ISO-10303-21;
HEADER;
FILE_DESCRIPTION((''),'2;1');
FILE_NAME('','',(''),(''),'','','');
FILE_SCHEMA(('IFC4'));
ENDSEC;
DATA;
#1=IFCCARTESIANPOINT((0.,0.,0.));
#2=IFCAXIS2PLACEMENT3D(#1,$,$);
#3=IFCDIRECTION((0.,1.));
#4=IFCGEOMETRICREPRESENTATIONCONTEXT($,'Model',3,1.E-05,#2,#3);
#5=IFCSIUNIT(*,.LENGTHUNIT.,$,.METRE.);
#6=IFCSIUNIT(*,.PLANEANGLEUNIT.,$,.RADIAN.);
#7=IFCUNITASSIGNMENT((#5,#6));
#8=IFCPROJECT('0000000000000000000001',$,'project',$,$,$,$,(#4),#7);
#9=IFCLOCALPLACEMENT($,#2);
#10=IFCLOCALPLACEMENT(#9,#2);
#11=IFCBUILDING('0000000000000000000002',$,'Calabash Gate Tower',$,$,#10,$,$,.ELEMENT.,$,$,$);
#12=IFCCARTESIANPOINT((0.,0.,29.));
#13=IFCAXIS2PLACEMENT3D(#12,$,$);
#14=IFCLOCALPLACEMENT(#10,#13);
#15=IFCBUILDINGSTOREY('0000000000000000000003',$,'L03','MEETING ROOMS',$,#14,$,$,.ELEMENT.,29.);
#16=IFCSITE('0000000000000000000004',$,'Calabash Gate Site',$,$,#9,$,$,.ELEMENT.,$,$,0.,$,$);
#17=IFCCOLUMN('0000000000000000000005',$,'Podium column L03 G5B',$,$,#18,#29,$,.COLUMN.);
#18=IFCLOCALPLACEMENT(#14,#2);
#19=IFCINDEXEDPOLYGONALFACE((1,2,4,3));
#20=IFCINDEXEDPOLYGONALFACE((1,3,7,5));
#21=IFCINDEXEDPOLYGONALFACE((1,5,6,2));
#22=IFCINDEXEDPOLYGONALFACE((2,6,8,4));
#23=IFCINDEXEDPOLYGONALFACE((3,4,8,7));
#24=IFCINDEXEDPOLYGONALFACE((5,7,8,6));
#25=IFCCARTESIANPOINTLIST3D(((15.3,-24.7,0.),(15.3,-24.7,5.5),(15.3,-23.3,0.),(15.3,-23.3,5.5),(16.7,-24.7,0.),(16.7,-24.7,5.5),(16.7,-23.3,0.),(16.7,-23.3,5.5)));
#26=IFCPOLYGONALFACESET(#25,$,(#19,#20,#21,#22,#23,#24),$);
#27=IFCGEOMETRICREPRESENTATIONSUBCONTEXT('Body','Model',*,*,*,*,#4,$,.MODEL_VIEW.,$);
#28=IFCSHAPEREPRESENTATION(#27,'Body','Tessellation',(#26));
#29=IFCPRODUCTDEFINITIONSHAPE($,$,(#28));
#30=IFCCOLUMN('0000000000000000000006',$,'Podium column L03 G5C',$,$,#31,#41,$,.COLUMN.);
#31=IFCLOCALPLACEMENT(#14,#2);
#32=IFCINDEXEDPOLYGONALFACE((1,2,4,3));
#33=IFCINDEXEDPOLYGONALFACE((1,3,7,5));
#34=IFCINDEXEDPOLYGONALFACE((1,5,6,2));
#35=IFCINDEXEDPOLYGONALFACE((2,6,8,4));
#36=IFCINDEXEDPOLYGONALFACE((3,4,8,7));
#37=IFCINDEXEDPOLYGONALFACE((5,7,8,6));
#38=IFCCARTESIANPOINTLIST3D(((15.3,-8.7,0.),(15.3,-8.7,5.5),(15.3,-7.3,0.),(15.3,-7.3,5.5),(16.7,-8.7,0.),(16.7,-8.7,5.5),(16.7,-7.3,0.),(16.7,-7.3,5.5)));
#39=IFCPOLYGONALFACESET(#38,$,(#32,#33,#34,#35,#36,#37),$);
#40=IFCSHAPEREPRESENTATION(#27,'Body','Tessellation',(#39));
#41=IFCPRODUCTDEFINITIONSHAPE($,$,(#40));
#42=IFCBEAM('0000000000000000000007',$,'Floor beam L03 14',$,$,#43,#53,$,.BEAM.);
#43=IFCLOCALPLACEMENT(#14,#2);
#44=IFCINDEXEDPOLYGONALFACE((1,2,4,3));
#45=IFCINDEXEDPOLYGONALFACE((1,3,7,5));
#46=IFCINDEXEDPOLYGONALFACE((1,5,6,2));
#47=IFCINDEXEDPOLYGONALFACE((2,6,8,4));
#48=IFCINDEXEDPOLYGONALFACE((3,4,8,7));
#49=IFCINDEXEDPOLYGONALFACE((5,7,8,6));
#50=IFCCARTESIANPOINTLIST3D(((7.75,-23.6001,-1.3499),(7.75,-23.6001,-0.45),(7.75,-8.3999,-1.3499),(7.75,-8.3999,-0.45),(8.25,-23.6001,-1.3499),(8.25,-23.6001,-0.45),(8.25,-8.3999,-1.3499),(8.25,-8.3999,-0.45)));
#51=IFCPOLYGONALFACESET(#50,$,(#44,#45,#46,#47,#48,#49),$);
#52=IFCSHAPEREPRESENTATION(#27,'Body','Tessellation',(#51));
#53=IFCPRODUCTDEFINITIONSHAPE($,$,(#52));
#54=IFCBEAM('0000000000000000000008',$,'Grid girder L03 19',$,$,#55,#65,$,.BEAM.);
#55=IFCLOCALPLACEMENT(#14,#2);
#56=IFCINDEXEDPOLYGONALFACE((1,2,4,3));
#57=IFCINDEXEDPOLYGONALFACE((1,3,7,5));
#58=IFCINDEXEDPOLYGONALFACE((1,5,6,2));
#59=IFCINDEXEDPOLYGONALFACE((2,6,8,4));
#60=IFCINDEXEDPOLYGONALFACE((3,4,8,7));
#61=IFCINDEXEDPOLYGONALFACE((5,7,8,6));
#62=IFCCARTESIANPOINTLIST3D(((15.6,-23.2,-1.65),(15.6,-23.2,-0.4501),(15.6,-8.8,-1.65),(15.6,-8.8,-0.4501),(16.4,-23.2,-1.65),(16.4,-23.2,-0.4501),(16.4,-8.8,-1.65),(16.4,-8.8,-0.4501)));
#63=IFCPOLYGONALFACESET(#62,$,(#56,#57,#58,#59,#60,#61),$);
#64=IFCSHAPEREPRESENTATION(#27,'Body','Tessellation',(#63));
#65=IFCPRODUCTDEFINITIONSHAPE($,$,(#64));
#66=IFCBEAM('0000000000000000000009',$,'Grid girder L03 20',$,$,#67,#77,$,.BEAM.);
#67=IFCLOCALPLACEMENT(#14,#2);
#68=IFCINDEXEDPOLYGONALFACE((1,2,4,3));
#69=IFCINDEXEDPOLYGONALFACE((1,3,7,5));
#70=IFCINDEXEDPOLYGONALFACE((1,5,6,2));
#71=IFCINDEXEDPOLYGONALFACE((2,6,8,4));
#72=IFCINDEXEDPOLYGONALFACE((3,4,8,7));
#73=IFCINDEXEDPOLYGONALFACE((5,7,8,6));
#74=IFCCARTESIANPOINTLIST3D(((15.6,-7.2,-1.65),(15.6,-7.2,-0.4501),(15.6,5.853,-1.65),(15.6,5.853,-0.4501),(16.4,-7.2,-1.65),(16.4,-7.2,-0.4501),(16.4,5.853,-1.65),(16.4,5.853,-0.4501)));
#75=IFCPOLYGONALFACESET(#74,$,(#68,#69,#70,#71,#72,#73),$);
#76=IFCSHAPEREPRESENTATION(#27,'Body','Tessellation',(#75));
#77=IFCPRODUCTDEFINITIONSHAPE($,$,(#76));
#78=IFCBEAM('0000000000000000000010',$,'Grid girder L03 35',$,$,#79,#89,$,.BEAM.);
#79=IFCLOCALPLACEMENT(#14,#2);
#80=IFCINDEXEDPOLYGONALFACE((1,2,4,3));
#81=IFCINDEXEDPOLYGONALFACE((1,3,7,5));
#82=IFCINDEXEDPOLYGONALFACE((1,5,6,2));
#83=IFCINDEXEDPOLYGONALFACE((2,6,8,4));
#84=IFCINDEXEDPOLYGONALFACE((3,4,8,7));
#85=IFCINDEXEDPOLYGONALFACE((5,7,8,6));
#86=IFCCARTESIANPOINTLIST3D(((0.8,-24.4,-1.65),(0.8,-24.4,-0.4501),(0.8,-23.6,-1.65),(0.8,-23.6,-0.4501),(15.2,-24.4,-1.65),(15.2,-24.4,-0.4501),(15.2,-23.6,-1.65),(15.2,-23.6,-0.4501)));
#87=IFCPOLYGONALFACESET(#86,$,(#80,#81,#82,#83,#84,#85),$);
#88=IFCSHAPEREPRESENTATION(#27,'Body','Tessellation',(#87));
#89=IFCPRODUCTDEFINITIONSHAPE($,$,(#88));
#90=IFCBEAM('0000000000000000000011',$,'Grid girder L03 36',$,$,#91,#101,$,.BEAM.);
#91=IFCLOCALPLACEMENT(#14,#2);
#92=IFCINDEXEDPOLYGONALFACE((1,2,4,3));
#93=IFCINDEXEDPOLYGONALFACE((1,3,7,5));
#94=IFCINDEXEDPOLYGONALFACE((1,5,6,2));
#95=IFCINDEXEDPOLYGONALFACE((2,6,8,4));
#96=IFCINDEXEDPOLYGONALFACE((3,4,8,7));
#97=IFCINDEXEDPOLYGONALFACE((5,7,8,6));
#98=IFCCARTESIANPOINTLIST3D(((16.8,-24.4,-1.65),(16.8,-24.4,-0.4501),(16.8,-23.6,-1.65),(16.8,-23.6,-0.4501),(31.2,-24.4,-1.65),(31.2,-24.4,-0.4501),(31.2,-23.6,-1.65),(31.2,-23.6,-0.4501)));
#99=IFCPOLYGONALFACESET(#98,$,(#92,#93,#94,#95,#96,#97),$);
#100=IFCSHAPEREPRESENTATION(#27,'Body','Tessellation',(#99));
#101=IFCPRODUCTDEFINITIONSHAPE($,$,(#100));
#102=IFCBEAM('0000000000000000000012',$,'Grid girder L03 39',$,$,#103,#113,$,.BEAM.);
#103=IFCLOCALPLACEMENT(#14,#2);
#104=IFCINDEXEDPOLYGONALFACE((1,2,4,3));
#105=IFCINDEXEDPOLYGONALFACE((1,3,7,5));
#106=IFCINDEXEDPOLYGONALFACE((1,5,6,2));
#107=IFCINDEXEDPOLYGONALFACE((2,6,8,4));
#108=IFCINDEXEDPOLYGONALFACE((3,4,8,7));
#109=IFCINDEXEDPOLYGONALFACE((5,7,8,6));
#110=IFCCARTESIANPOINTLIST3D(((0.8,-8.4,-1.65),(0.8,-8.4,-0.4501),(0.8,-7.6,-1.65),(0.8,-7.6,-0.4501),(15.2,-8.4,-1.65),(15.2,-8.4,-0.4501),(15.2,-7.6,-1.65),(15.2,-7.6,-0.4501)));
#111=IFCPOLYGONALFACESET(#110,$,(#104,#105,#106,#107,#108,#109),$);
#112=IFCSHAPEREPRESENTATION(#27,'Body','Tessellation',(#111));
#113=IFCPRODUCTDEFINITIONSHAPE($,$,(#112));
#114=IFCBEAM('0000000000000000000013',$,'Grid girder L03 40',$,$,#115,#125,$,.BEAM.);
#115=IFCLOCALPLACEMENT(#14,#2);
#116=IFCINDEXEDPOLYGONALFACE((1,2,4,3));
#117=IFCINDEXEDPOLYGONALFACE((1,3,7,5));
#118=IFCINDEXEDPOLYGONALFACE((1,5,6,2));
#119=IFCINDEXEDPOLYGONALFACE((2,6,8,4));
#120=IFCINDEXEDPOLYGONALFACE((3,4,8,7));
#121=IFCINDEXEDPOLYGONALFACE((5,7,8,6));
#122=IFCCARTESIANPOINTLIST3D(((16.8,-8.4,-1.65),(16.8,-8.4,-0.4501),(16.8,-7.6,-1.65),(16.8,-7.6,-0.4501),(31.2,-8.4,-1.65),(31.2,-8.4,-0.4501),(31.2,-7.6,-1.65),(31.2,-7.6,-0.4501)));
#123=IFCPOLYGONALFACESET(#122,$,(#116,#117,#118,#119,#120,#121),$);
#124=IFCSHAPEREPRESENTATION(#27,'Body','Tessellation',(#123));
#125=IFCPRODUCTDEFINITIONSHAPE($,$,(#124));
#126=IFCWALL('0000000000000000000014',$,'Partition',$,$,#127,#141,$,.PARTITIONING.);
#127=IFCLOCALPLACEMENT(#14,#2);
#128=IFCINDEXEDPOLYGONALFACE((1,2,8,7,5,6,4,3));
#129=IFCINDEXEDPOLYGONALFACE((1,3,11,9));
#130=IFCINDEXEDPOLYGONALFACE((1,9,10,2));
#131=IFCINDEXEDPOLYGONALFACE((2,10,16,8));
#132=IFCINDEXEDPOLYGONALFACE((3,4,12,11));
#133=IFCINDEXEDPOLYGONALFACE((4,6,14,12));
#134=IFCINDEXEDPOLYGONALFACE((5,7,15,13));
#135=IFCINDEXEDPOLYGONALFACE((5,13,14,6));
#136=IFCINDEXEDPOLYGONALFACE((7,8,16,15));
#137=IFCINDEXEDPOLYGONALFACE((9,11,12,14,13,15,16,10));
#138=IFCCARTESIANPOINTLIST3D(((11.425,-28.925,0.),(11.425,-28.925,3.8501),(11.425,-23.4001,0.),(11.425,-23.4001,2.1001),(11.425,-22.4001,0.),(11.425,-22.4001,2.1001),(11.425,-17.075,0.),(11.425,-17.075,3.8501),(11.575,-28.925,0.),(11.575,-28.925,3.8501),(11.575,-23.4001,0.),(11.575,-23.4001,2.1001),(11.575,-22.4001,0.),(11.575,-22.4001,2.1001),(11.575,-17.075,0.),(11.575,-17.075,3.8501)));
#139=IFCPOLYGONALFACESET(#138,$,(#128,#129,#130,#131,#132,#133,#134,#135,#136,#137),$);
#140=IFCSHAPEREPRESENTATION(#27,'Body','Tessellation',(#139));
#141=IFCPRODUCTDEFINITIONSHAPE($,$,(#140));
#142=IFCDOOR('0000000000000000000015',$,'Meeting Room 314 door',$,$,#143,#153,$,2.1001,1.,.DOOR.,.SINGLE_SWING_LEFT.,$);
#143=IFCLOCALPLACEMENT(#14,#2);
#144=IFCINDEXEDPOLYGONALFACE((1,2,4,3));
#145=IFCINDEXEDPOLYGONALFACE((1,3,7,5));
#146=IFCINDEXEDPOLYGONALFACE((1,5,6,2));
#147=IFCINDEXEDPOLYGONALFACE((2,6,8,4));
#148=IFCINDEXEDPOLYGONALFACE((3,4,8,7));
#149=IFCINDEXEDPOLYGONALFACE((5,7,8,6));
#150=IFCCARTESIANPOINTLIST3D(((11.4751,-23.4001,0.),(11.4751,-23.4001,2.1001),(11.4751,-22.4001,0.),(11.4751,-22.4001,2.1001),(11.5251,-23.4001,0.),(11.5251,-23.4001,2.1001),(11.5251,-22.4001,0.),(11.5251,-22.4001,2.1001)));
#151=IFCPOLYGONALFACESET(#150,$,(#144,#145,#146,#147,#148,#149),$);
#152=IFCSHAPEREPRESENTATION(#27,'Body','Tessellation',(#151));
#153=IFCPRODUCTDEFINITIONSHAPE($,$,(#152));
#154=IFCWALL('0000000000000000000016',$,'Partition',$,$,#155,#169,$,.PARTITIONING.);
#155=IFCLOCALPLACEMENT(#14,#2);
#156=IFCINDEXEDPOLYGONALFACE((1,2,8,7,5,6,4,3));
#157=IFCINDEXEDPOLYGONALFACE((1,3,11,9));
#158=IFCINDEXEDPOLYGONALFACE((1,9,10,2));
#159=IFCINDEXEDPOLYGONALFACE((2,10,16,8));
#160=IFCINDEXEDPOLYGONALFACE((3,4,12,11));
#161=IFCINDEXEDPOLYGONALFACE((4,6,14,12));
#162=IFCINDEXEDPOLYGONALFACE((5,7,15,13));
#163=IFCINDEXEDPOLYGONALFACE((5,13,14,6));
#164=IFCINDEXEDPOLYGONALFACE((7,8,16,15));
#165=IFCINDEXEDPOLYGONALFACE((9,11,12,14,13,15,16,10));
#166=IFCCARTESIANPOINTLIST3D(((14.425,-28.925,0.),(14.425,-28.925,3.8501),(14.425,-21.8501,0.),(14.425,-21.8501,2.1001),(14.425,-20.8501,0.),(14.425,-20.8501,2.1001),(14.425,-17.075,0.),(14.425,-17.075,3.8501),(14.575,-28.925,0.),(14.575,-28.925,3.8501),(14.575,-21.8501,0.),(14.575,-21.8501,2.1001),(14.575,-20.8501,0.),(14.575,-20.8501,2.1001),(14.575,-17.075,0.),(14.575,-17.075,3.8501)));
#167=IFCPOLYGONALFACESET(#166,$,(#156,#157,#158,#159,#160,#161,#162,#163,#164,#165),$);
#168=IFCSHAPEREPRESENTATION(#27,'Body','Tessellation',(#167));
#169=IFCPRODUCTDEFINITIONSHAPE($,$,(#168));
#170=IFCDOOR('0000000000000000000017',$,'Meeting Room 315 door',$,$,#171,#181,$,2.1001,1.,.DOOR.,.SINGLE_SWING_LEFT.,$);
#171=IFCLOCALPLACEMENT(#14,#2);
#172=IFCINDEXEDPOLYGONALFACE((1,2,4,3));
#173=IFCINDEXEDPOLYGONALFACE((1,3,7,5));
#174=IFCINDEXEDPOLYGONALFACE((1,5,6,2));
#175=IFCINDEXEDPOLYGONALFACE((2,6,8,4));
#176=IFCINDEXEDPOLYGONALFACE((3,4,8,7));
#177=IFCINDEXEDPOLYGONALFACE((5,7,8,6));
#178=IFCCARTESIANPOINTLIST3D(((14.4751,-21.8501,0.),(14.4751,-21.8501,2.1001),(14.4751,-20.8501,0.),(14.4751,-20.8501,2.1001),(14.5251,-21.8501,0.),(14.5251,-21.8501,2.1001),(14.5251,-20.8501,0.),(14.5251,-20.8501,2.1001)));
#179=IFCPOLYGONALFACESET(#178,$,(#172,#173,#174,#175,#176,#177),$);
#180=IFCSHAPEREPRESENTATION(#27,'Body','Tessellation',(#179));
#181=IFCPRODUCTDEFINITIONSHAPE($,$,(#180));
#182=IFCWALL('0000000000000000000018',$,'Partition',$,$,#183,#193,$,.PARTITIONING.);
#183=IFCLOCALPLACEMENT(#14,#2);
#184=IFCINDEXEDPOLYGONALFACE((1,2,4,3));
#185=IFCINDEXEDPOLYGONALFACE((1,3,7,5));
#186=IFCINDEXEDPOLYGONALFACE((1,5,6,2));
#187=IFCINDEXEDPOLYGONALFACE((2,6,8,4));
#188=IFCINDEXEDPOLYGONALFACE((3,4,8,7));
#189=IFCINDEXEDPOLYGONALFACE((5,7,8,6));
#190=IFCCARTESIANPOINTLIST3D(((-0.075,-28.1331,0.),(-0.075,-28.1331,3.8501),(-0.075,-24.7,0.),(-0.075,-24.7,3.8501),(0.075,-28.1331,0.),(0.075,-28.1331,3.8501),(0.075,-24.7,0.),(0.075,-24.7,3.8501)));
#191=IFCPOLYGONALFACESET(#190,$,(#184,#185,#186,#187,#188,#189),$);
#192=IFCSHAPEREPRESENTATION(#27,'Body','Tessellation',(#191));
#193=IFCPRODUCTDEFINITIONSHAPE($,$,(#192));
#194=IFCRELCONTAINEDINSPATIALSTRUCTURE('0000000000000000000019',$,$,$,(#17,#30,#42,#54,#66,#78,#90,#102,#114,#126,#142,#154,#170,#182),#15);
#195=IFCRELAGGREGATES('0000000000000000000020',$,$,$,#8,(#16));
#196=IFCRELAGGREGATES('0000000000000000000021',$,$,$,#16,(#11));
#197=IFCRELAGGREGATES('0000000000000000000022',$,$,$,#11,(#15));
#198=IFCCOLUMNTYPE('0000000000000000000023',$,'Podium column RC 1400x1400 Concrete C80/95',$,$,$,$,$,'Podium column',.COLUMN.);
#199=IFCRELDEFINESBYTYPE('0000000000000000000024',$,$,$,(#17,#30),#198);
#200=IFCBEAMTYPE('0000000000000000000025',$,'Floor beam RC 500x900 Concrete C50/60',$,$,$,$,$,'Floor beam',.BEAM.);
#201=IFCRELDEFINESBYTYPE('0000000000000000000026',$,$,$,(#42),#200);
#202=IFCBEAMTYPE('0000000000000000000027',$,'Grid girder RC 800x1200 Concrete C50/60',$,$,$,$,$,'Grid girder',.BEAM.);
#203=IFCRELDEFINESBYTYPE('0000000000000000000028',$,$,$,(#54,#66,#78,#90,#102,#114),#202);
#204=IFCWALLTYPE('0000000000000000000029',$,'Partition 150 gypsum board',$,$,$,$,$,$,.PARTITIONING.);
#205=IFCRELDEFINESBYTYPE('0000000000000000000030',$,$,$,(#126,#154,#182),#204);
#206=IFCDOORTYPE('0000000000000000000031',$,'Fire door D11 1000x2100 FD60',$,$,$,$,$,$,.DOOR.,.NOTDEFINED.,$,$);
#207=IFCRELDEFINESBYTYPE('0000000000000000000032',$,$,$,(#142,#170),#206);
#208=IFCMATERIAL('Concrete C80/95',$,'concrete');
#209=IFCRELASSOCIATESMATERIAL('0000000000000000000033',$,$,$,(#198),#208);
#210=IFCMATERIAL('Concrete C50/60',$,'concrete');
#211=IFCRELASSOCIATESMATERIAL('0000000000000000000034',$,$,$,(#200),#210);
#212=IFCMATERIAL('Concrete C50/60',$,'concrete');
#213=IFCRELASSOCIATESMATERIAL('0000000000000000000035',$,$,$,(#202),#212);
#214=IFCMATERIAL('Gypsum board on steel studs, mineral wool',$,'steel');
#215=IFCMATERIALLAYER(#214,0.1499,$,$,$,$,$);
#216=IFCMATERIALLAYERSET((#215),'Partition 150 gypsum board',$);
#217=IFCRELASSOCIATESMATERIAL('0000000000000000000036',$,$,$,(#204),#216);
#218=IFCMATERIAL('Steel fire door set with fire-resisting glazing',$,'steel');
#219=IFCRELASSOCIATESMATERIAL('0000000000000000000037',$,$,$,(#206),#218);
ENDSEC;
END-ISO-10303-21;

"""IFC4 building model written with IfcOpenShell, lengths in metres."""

from ifc_helpers import new_model, si_unit, direction, frame, frame_2d, origin, origin_2d, place, context, subcontext, project, spatial, rectangle, extrude, material, layer, layer_set, material_profile, profile_set, type_object, element, fill, save


model = new_model("IFC4")

# Units and contexts
model_context = context("Model", 3, precision=1e-05, world=origin(), true_north=direction((0.0, 1.0)))
body_context = subcontext(model_context, "Body", "Model", "MODEL_VIEW")
ifc_project = project(units=[si_unit("LENGTHUNIT", "METRE"), si_unit("PLANEANGLEUNIT", "RADIAN")], contexts=[model_context])

# Site, building, storey
site_placement = place(None, origin())
site = spatial("IfcSite", under=ifc_project, at=site_placement, Name="Calabash Gate Site", CompositionType="ELEMENT", RefElevation=0.0)
building_placement = place(site_placement, origin())
building = spatial("IfcBuilding", under=site, at=building_placement, Name="Calabash Gate Tower", CompositionType="ELEMENT")
storey_placement = place(building_placement, frame((0.0, 0.0, 29.0)))
storey = spatial("IfcBuildingStorey", under=building, at=storey_placement, Name="L03", Description="MEETING ROOMS", CompositionType="ELEMENT", Elevation=29.0)

# Columns
ifc_material_1 = material(Name="Concrete C80/95", Category="concrete")
ifc_material_profile_1 = material_profile(ifc_material_1, rectangle(XDim=1.3999, YDim=1.3999, at=origin_2d()))
ifc_profile_set_1 = profile_set([ifc_material_profile_1], Name="Concrete C80/95")
column_type = type_object("IfcColumnType", Name="Podium column RC 1400x1400 Concrete C80/95", ElementType="Podium column", PredefinedType="COLUMN", material=ifc_profile_set_1)
for number, where, z_axis, x_axis, name in (
    (1, (16.0, -24.0, 0.0), (0.0, 0.0, 1.0), (1.0, 0.0, 0.0), "Podium column L03 G5B"),
    (2, (16.0, -8.0, 0.0), (0.0, 0.0, 1.0), (1.0, 0.0, 0.0), "Podium column L03 G5C"),
):
    element("IfcColumn", number, at=place(storey_placement, frame(where, z_axis=z_axis, x_axis=x_axis)), inside=storey, type_object=column_type, Name=name, PredefinedType="COLUMN", context=body_context, shape_type="SweptSolid", body=[
        extrude(rectangle(XDim=1.3999, YDim=1.3999, at=origin_2d()), origin(), (0.0, 0.0, 1.0), 5.5),
    ])

# Beams
ifc_material_2 = material(Name="Concrete C50/60", Category="concrete")
ifc_material_profile_2 = material_profile(ifc_material_2, rectangle(XDim=0.5, YDim=0.8999, at=origin_2d()))
ifc_profile_set_2 = profile_set([ifc_material_profile_2], Name="Concrete C50/60")
beam_type_1 = type_object("IfcBeamType", Name="Floor beam RC 500x900 Concrete C50/60", ElementType="Floor beam", PredefinedType="BEAM", material=ifc_profile_set_2)
beam_1_placement = place(storey_placement, frame((8.0, -23.6001, -0.8999), z_axis=(0.0, 1.0, 0.0), x_axis=(-1.0, 0.0, 0.0)))
element("IfcBeam", 3, at=beam_1_placement, inside=storey, type_object=beam_type_1, Name="Floor beam L03 14", PredefinedType="BEAM", context=body_context, shape_type="SweptSolid", body=[
    extrude(rectangle(XDim=0.5, YDim=0.8999, at=origin_2d()), origin(), (0.0, 0.0, 1.0), 15.2002),
])
ifc_material_3 = material(Name="Concrete C50/60", Category="concrete")
ifc_material_profile_3 = material_profile(ifc_material_3, rectangle(XDim=0.8, YDim=1.2, at=origin_2d()))
ifc_profile_set_3 = profile_set([ifc_material_profile_3], Name="Concrete C50/60")
beam_type_2 = type_object("IfcBeamType", Name="Grid girder RC 800x1200 Concrete C50/60", ElementType="Grid girder", PredefinedType="BEAM", material=ifc_profile_set_3)
beam_2_placement = place(storey_placement, frame((16.0, -23.2, -1.05), z_axis=(0.0, 1.0, 0.0), x_axis=(-1.0, 0.0, 0.0)))
element("IfcBeam", 4, at=beam_2_placement, inside=storey, type_object=beam_type_2, Name="Grid girder L03 19", PredefinedType="BEAM", context=body_context, shape_type="SweptSolid", body=[
    extrude(rectangle(XDim=0.8, YDim=1.2, at=origin_2d()), origin(), (0.0, 0.0, 1.0), 14.3999),
])
beam_3_placement = place(storey_placement, frame((16.0, -7.2, -1.05), z_axis=(0.0, 1.0, 0.0), x_axis=(-1.0, 0.0, 0.0)))
element("IfcBeam", 5, at=beam_3_placement, inside=storey, type_object=beam_type_2, Name="Grid girder L03 20", PredefinedType="BEAM", context=body_context, shape_type="SweptSolid", body=[
    extrude(rectangle(XDim=0.8, YDim=1.2, at=origin_2d()), origin(), (0.0, 0.0, 1.0), 13.053),
])
for number, where, z_axis, x_axis, name in (
    (6, (0.8, -24.0, -1.05), (1.0, 0.0, 0.0), (0.0, 1.0, 0.0), "Grid girder L03 35"),
    (7, (16.8, -24.0, -1.05), (1.0, 0.0, 0.0), (0.0, 1.0, 0.0), "Grid girder L03 36"),
    (8, (0.8, -8.0, -1.05), (1.0, 0.0, 0.0), (0.0, 1.0, 0.0), "Grid girder L03 39"),
    (9, (16.8, -8.0, -1.05), (1.0, 0.0, 0.0), (0.0, 1.0, 0.0), "Grid girder L03 40"),
):
    element("IfcBeam", number, at=place(storey_placement, frame(where, z_axis=z_axis, x_axis=x_axis)), inside=storey, type_object=beam_type_2, Name=name, PredefinedType="BEAM", context=body_context, shape_type="SweptSolid", body=[
        extrude(rectangle(XDim=0.8, YDim=1.2, at=origin_2d()), origin(), (0.0, 0.0, 1.0), 14.3999),
    ])

# Walls, openings, doors
ifc_material_4 = material(Name="Gypsum board on steel studs, mineral wool", Category="steel")
ifc_layer = layer(ifc_material_4, 0.1499)
ifc_layer_set = layer_set([ifc_layer], Name="Partition 150 gypsum board")
wall_type = type_object("IfcWallType", Name="Partition 150 gypsum board", PredefinedType="PARTITIONING", material=ifc_layer_set)
wall_1_placement = place(storey_placement, frame((11.5, -28.925, 0.0), z_axis=(0.0, 0.0, 1.0), x_axis=(0.0, 1.0, 0.0)))
wall_1 = element("IfcWall", 10, at=wall_1_placement, inside=storey, type_object=wall_type, Name="Partition", PredefinedType="PARTITIONING", context=body_context, shape_type="SweptSolid", body=[
    extrude(rectangle(XDim=11.8501, YDim=0.1499, at=frame_2d((5.925, 0.0))), origin(), (0.0, 0.0, 1.0), 3.8501),
])
opening_1_placement = place(wall_1_placement, frame((5.5249, 0.0, 0.0)))
opening_1 = element("IfcOpeningElement", 11, at=opening_1_placement, cuts=wall_1, PredefinedType="OPENING", context=body_context, shape_type="SweptSolid", body=[
    extrude(rectangle(XDim=1.0, YDim=2.1001, at=frame_2d((0.5, 1.05))), frame((0.0, 0.085, 0.0), z_axis=(0.0, -1.0, 0.0), x_axis=(1.0, 0.0, 0.0)), (0.0, 0.0, 1.0), 0.1699),
])
ifc_material_5 = material(Name="Steel fire door set with fire-resisting glazing", Category="steel")
door_type = type_object("IfcDoorType", Name="Fire door D11 1000x2100 FD60", OperationType="NOTDEFINED", PredefinedType="DOOR", material=ifc_material_5)
door_1_placement = place(opening_1_placement, origin())
door_1 = element("IfcDoor", 12, at=door_1_placement, inside=storey, type_object=door_type, Name="Meeting Room 314 door", OperationType="SINGLE_SWING_LEFT", OverallHeight=2.1001, OverallWidth=1.0, PredefinedType="DOOR", context=body_context, shape_type="SweptSolid", body=[
    extrude(rectangle(XDim=1.0, YDim=2.1001, at=frame_2d((0.5, 1.05))), frame((0.0, 0.0249, 0.0), z_axis=(0.0, -1.0, 0.0), x_axis=(1.0, 0.0, 0.0)), (0.0, 0.0, 1.0), 0.05),
])
fill(opening_1, door_1)
wall_2_placement = place(storey_placement, frame((14.5, -28.925, 0.0), z_axis=(0.0, 0.0, 1.0), x_axis=(0.0, 1.0, 0.0)))
wall_2 = element("IfcWall", 13, at=wall_2_placement, inside=storey, type_object=wall_type, Name="Partition", PredefinedType="PARTITIONING", context=body_context, shape_type="SweptSolid", body=[
    extrude(rectangle(XDim=11.8501, YDim=0.1499, at=frame_2d((5.925, 0.0))), origin(), (0.0, 0.0, 1.0), 3.8501),
])
opening_2_placement = place(wall_2_placement, frame((7.075, 0.0, 0.0)))
opening_2 = element("IfcOpeningElement", 14, at=opening_2_placement, cuts=wall_2, PredefinedType="OPENING", context=body_context, shape_type="SweptSolid", body=[
    extrude(rectangle(XDim=1.0, YDim=2.1001, at=frame_2d((0.5, 1.05))), frame((0.0, 0.085, 0.0), z_axis=(0.0, -1.0, 0.0), x_axis=(1.0, 0.0, 0.0)), (0.0, 0.0, 1.0), 0.1699),
])
door_2_placement = place(opening_2_placement, origin())
door_2 = element("IfcDoor", 15, at=door_2_placement, inside=storey, type_object=door_type, Name="Meeting Room 315 door", OperationType="SINGLE_SWING_LEFT", OverallHeight=2.1001, OverallWidth=1.0, PredefinedType="DOOR", context=body_context, shape_type="SweptSolid", body=[
    extrude(rectangle(XDim=1.0, YDim=2.1001, at=frame_2d((0.5, 1.05))), frame((0.0, 0.0249, 0.0), z_axis=(0.0, -1.0, 0.0), x_axis=(1.0, 0.0, 0.0)), (0.0, 0.0, 1.0), 0.05),
])
fill(opening_2, door_2)

# Wall
wall_3_placement = place(storey_placement, frame((0.0, -28.1331, 0.0), z_axis=(0.0, 0.0, 1.0), x_axis=(0.0, 1.0, 0.0)))
element("IfcWall", 16, at=wall_3_placement, inside=storey, type_object=wall_type, Name="Partition", PredefinedType="PARTITIONING", context=body_context, shape_type="SweptSolid", body=[
    extrude(rectangle(XDim=3.4331, YDim=0.1499, at=frame_2d((1.7166, 0.0))), origin(), (0.0, 0.0, 1.0), 3.8501),
])

save(model, "model.ifc")
